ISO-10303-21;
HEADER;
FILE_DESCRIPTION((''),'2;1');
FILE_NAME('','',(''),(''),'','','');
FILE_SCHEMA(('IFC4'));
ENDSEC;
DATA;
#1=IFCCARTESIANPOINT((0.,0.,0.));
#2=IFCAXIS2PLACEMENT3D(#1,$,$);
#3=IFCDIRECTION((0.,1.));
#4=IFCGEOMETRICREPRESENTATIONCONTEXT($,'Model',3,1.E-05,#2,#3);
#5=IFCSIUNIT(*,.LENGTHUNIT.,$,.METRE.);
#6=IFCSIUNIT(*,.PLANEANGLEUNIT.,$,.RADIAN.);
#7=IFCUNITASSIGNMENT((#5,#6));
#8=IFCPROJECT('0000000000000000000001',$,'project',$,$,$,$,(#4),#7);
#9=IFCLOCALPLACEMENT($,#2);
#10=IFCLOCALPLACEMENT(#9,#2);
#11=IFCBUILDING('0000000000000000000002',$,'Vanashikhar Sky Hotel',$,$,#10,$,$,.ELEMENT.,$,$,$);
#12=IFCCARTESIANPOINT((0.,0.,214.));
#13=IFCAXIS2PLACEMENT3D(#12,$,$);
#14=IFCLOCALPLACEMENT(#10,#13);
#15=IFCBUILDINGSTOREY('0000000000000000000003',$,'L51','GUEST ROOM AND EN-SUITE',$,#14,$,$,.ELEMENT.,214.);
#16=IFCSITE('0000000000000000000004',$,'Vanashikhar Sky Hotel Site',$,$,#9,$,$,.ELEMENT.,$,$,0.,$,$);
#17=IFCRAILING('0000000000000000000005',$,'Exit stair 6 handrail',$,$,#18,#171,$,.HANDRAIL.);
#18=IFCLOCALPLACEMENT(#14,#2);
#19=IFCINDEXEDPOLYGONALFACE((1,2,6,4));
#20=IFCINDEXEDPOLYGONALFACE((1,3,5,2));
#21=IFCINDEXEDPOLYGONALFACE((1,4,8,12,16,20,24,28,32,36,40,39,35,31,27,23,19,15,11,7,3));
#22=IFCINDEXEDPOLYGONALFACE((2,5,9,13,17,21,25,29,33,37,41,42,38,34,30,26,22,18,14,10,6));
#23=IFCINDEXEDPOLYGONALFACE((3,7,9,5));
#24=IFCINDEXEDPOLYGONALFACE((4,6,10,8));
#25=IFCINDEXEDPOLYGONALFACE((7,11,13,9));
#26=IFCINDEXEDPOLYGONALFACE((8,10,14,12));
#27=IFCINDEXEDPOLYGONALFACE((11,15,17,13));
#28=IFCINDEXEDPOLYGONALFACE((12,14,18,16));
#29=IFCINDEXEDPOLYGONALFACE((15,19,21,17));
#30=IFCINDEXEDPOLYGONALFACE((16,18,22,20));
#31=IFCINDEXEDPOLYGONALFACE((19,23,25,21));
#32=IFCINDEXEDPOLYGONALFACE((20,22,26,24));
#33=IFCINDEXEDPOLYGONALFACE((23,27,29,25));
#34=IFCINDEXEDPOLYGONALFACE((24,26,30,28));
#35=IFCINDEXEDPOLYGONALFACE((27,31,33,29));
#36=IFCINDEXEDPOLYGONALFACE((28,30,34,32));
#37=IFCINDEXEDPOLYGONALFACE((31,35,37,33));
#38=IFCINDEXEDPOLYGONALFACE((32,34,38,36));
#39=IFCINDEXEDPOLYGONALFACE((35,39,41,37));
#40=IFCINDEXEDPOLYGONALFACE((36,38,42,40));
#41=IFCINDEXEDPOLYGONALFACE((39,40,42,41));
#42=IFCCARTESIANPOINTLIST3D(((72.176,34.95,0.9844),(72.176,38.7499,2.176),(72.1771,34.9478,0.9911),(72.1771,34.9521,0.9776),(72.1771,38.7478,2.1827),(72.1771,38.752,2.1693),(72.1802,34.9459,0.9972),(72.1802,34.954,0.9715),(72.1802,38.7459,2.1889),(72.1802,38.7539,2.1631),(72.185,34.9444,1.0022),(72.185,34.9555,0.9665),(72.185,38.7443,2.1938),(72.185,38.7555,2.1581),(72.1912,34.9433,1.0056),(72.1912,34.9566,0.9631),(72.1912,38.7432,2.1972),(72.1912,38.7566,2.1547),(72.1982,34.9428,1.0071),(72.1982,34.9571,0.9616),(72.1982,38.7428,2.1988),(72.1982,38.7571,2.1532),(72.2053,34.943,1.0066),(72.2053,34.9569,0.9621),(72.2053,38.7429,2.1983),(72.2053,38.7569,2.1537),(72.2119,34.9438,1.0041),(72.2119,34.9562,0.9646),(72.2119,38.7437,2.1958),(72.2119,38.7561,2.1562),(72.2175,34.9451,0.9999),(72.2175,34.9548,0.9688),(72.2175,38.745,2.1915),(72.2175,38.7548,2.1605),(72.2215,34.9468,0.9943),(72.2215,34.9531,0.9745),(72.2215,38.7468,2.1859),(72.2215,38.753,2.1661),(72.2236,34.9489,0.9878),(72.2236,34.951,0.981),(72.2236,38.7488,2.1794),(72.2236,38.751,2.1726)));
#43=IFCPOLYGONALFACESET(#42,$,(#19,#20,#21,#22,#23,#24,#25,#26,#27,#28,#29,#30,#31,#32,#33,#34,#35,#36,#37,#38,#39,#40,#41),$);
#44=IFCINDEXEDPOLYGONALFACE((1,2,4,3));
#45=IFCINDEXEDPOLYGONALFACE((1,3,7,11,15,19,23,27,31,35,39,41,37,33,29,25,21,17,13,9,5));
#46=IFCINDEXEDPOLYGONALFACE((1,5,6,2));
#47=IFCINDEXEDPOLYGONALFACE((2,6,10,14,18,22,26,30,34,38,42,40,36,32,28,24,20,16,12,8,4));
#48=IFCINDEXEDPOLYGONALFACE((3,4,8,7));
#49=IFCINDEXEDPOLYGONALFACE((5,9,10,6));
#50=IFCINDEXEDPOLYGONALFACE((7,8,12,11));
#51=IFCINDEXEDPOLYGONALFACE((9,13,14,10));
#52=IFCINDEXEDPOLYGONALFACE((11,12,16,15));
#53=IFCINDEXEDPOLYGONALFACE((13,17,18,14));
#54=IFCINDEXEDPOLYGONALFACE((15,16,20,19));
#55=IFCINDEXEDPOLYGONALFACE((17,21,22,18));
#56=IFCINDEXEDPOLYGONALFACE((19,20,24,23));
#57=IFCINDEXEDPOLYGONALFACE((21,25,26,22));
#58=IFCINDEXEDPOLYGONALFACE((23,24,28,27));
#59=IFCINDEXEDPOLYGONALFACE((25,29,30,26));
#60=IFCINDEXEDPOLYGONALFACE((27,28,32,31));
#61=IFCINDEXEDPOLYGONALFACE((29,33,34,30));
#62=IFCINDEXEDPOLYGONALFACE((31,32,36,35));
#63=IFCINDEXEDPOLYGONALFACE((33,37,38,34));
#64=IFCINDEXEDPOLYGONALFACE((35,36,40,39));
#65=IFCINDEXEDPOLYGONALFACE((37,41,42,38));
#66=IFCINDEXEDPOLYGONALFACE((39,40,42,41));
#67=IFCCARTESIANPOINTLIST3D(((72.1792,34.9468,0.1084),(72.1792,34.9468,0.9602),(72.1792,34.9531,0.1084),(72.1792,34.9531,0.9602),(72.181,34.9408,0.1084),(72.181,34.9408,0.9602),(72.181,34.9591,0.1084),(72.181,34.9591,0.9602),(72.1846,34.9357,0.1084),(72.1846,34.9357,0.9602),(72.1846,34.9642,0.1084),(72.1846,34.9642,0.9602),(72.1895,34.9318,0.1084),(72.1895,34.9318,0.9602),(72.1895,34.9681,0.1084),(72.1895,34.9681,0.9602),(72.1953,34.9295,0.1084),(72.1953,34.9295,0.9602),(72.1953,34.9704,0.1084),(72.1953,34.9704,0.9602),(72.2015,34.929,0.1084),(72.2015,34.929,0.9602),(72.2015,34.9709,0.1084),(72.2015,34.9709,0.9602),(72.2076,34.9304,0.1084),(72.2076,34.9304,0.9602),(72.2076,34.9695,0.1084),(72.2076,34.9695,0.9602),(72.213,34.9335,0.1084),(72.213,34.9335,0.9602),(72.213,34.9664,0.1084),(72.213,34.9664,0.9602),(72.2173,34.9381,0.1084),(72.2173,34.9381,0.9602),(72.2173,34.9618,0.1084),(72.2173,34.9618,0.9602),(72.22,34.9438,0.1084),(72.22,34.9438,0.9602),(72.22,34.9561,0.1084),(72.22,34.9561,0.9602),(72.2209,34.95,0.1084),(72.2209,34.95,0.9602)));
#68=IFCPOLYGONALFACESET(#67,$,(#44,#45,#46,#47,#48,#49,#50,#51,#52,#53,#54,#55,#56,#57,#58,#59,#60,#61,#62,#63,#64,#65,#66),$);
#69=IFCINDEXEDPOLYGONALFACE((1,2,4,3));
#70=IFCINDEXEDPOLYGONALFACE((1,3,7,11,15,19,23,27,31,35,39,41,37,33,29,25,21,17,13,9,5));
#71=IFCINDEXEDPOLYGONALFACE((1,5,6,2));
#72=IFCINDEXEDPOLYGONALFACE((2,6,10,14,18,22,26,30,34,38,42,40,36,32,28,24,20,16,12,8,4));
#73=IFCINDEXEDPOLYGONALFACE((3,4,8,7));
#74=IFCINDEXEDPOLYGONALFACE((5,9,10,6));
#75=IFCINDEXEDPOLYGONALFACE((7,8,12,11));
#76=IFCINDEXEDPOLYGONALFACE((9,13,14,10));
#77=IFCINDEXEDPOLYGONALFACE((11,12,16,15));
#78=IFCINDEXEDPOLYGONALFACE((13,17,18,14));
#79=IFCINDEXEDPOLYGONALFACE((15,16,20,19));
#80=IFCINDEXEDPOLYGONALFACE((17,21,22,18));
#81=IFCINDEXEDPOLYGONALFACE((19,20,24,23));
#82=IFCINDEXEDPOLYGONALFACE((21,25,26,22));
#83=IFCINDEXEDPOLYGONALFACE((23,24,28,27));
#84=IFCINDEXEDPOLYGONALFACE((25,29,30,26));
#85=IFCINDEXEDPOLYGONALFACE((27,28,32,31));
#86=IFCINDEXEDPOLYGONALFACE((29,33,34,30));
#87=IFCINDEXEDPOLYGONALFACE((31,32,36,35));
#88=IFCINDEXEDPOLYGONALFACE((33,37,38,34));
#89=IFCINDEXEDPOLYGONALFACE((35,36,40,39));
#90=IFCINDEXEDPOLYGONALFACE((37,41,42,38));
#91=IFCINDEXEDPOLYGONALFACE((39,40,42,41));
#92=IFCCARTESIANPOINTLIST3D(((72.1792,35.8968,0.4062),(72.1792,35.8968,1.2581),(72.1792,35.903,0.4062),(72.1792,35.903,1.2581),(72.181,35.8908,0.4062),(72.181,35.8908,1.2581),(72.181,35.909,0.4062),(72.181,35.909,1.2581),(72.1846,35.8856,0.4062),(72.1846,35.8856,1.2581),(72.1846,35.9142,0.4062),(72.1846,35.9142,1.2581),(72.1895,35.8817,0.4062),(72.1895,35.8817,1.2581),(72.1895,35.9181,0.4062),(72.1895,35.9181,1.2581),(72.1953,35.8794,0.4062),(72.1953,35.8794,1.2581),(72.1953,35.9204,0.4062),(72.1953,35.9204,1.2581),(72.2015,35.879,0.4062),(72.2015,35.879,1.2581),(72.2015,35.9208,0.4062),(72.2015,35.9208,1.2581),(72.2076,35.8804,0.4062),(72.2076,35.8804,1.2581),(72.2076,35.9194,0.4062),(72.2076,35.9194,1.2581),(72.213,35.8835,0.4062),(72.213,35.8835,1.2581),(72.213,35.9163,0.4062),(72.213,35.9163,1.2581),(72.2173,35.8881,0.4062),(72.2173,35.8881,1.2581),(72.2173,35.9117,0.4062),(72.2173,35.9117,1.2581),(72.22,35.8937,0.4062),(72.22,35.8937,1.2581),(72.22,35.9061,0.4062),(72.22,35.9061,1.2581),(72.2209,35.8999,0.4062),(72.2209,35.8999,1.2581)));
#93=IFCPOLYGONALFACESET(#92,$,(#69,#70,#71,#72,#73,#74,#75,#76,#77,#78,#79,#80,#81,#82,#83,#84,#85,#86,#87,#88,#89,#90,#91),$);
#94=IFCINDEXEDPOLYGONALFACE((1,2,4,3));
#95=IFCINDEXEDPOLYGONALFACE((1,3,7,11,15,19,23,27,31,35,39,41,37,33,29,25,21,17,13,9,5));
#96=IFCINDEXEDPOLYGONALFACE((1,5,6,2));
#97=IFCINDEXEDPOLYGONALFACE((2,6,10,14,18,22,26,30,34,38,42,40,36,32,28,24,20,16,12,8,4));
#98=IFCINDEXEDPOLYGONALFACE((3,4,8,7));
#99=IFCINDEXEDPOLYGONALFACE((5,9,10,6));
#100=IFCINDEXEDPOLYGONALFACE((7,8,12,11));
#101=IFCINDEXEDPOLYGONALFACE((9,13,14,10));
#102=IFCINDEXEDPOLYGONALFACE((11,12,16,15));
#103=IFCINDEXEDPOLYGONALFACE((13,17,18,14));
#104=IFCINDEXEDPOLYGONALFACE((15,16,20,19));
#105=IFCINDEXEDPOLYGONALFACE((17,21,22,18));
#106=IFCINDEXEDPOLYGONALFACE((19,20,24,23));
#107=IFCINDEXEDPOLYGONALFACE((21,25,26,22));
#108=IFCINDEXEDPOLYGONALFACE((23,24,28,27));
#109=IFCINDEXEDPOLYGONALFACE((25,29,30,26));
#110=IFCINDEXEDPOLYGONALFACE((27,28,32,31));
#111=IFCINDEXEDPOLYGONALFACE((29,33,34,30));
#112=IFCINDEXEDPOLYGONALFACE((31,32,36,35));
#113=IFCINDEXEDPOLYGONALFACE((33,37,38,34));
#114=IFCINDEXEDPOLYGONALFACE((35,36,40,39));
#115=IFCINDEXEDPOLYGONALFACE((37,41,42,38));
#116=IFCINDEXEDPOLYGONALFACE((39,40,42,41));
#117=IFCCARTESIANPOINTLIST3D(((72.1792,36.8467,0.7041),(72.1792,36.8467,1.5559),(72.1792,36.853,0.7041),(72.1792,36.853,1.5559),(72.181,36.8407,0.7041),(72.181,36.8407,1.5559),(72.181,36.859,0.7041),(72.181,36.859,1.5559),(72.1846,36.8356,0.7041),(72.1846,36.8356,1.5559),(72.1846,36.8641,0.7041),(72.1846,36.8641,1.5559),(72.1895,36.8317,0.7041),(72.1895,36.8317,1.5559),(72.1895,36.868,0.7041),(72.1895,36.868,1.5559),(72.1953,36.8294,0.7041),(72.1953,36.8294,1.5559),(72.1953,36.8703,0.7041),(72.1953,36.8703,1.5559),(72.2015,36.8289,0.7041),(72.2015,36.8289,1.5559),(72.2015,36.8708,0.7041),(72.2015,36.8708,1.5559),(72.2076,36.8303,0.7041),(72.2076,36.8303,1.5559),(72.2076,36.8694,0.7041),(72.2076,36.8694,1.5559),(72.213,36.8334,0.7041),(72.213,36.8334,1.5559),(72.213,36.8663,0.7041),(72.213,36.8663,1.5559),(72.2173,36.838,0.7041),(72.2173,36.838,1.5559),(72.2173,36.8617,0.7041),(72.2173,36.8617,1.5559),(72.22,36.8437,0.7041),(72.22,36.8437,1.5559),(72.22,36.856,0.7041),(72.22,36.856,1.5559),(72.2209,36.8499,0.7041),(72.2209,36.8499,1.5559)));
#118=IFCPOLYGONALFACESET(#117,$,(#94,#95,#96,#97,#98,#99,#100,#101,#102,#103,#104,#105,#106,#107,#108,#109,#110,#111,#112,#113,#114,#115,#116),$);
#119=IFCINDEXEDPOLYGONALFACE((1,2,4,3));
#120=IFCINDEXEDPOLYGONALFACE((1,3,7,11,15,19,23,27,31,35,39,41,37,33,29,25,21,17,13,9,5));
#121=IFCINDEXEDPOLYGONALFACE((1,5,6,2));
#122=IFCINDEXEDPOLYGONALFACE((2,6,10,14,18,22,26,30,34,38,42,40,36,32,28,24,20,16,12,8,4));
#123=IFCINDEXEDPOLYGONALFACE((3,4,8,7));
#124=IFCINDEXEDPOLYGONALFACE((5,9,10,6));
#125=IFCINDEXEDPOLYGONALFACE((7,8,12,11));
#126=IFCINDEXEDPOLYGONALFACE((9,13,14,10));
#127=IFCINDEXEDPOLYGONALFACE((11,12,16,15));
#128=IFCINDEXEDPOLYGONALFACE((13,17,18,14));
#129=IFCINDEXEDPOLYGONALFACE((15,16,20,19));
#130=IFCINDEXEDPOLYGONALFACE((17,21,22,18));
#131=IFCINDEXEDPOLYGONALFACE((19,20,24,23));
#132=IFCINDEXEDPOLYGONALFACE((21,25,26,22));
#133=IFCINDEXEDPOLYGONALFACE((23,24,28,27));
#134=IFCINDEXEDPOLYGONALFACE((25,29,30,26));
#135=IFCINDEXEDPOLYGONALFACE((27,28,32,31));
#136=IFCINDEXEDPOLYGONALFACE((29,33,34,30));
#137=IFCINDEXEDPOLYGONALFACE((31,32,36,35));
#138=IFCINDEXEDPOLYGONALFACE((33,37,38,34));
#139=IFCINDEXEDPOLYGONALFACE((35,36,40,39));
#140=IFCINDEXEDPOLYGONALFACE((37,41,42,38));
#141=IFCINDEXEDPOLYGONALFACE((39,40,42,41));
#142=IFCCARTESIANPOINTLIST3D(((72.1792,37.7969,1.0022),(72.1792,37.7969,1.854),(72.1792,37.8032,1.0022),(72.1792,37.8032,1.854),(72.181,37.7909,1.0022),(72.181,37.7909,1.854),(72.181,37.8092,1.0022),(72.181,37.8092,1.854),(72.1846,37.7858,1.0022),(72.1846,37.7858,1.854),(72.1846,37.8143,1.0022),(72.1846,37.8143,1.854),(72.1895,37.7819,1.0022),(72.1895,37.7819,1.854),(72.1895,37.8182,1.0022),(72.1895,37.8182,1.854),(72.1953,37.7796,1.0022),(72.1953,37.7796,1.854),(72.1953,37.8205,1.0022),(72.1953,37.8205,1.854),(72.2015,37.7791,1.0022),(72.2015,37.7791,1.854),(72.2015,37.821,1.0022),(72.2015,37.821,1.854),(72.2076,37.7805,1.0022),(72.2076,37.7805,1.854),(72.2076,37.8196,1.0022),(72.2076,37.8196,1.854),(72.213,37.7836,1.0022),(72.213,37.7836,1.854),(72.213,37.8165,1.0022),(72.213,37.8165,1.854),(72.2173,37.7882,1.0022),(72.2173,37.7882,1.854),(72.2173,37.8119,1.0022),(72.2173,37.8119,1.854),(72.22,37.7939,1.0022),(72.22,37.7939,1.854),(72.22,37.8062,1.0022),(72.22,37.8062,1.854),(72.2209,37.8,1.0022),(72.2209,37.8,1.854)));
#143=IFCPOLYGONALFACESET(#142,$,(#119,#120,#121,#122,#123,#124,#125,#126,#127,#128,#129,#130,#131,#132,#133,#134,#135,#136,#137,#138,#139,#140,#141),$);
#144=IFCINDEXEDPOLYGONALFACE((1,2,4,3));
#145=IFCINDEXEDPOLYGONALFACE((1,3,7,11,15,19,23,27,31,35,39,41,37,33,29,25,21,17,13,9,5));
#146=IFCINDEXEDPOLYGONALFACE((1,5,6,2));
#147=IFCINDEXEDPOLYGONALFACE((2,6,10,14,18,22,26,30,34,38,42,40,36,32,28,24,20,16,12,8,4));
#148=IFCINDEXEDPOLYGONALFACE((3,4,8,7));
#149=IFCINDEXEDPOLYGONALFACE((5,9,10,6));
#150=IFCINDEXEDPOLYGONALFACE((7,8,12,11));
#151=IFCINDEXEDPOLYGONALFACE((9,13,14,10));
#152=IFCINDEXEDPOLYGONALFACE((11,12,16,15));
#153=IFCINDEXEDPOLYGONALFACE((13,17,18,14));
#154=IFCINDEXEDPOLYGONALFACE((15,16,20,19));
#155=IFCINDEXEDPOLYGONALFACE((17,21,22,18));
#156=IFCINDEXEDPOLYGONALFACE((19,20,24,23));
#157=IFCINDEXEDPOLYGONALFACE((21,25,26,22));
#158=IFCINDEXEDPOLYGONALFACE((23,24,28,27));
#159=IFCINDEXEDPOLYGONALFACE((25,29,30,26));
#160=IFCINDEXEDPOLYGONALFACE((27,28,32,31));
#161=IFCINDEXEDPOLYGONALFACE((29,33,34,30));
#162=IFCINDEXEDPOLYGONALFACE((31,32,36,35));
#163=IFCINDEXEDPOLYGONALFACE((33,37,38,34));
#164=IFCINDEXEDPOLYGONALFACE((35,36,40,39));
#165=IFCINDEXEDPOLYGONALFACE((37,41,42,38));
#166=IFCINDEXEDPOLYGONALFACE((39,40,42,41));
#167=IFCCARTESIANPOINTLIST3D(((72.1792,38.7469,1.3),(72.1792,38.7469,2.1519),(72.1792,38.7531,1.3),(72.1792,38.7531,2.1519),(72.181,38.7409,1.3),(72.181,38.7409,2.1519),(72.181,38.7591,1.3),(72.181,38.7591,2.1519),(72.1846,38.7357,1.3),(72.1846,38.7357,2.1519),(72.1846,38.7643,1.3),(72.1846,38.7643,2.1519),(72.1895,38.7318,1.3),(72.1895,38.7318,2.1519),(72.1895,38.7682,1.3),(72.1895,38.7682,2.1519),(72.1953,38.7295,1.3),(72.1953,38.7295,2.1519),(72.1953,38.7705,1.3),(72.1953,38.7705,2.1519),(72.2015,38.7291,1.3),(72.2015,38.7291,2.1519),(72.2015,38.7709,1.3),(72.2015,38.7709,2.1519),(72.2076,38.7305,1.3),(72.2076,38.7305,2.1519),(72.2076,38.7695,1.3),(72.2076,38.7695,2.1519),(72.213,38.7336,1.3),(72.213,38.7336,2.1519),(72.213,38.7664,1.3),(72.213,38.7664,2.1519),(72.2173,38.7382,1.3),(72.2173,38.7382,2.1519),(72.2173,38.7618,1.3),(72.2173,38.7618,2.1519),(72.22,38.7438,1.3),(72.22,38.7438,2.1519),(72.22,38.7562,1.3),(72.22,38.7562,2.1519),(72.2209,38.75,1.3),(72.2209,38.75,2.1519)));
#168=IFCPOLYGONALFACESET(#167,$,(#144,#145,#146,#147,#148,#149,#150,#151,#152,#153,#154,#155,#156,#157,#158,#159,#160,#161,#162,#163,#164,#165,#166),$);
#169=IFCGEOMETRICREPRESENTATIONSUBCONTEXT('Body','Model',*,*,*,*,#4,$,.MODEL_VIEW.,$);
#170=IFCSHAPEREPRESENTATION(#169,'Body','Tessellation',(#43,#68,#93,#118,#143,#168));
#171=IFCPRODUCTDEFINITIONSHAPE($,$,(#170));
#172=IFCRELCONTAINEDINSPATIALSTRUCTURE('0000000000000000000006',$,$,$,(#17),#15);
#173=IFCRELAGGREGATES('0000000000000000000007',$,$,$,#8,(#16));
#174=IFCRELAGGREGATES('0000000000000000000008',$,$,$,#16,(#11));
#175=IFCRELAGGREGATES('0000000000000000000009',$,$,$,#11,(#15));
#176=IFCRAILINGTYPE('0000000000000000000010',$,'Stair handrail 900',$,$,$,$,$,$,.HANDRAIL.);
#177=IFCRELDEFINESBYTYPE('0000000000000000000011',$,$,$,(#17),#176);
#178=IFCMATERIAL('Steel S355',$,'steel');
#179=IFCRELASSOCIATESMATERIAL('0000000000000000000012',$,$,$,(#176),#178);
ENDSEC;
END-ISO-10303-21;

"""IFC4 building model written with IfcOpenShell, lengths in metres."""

from ifc_helpers import new_model, si_unit, direction, frame, origin, origin_2d, place, context, subcontext, project, spatial, circle, extrude, source, transform, mapped, material, type_object, element, save


model = new_model("IFC4")

# Units and contexts
model_context = context("Model", 3, precision=1e-05, world=origin(), true_north=direction((0.0, 1.0)))
body_context = subcontext(model_context, "Body", "Model", "MODEL_VIEW")
ifc_project = project(units=[si_unit("LENGTHUNIT", "METRE"), si_unit("PLANEANGLEUNIT", "RADIAN")], contexts=[model_context])

# Site, building, storey
site_placement = place(None, origin())
site = spatial("IfcSite", under=ifc_project, at=site_placement, Name="Vanashikhar Sky Hotel Site", CompositionType="ELEMENT", RefElevation=0.0)
building_placement = place(site_placement, origin())
building = spatial("IfcBuilding", under=site, at=building_placement, Name="Vanashikhar Sky Hotel", CompositionType="ELEMENT")
storey_placement = place(building_placement, frame((0.0, 0.0, 214.0)))
storey = spatial("IfcBuildingStorey", under=building, at=storey_placement, Name="L51", Description="GUEST ROOM AND EN-SUITE", CompositionType="ELEMENT", Elevation=214.0)

# Railing
ifc_material_1 = material(Name="Steel S355", Category="steel")
railing_type = type_object("IfcRailingType", Name="Stair handrail 900", PredefinedType="HANDRAIL", material=ifc_material_1)
shared_shape_1 = source(origin(), body_context, "Body", "SweptSolid", [
    extrude(circle(Radius=0.0239, at=origin_2d()), frame((0.0, 0.0, 0.876), z_axis=(0.0, 0.954184, 0.299221), x_axis=(-1.0, 0.0, 0.0)), (0.0, 0.0, 1.0), 3.9824),
    extrude(circle(Radius=0.021, at=origin_2d()), origin(), (0.0, 0.0, 1.0), 0.8518),
    extrude(circle(Radius=0.021, at=origin_2d()), frame((0.0, 0.95, 0.2979)), (0.0, 0.0, 1.0), 0.8518),
    extrude(circle(Radius=0.021, at=origin_2d()), frame((0.0, 1.8999, 0.5957)), (0.0, 0.0, 1.0), 0.8518),
    extrude(circle(Radius=0.021, at=origin_2d()), frame((0.0, 2.8501, 0.8938)), (0.0, 0.0, 1.0), 0.8518),
    extrude(circle(Radius=0.021, at=origin_2d()), frame((0.0, 3.8, 1.1917)), (0.0, 0.0, 1.0), 0.8518),
])
for number, where, name in (
    (1, (72.2, 34.95, 0.1084), "Exit stair 6 handrail"),
):
    element("IfcRailing", number, at=place(storey_placement, frame(where)), inside=storey, type_object=railing_type, Name=name, PredefinedType="HANDRAIL", context=body_context, shape_type="MappedRepresentation", body=[
        mapped(shared_shape_1, transform((0.0, 0.0, 0.0), scale=1.0)),
    ])

save(model, "model.ifc")
